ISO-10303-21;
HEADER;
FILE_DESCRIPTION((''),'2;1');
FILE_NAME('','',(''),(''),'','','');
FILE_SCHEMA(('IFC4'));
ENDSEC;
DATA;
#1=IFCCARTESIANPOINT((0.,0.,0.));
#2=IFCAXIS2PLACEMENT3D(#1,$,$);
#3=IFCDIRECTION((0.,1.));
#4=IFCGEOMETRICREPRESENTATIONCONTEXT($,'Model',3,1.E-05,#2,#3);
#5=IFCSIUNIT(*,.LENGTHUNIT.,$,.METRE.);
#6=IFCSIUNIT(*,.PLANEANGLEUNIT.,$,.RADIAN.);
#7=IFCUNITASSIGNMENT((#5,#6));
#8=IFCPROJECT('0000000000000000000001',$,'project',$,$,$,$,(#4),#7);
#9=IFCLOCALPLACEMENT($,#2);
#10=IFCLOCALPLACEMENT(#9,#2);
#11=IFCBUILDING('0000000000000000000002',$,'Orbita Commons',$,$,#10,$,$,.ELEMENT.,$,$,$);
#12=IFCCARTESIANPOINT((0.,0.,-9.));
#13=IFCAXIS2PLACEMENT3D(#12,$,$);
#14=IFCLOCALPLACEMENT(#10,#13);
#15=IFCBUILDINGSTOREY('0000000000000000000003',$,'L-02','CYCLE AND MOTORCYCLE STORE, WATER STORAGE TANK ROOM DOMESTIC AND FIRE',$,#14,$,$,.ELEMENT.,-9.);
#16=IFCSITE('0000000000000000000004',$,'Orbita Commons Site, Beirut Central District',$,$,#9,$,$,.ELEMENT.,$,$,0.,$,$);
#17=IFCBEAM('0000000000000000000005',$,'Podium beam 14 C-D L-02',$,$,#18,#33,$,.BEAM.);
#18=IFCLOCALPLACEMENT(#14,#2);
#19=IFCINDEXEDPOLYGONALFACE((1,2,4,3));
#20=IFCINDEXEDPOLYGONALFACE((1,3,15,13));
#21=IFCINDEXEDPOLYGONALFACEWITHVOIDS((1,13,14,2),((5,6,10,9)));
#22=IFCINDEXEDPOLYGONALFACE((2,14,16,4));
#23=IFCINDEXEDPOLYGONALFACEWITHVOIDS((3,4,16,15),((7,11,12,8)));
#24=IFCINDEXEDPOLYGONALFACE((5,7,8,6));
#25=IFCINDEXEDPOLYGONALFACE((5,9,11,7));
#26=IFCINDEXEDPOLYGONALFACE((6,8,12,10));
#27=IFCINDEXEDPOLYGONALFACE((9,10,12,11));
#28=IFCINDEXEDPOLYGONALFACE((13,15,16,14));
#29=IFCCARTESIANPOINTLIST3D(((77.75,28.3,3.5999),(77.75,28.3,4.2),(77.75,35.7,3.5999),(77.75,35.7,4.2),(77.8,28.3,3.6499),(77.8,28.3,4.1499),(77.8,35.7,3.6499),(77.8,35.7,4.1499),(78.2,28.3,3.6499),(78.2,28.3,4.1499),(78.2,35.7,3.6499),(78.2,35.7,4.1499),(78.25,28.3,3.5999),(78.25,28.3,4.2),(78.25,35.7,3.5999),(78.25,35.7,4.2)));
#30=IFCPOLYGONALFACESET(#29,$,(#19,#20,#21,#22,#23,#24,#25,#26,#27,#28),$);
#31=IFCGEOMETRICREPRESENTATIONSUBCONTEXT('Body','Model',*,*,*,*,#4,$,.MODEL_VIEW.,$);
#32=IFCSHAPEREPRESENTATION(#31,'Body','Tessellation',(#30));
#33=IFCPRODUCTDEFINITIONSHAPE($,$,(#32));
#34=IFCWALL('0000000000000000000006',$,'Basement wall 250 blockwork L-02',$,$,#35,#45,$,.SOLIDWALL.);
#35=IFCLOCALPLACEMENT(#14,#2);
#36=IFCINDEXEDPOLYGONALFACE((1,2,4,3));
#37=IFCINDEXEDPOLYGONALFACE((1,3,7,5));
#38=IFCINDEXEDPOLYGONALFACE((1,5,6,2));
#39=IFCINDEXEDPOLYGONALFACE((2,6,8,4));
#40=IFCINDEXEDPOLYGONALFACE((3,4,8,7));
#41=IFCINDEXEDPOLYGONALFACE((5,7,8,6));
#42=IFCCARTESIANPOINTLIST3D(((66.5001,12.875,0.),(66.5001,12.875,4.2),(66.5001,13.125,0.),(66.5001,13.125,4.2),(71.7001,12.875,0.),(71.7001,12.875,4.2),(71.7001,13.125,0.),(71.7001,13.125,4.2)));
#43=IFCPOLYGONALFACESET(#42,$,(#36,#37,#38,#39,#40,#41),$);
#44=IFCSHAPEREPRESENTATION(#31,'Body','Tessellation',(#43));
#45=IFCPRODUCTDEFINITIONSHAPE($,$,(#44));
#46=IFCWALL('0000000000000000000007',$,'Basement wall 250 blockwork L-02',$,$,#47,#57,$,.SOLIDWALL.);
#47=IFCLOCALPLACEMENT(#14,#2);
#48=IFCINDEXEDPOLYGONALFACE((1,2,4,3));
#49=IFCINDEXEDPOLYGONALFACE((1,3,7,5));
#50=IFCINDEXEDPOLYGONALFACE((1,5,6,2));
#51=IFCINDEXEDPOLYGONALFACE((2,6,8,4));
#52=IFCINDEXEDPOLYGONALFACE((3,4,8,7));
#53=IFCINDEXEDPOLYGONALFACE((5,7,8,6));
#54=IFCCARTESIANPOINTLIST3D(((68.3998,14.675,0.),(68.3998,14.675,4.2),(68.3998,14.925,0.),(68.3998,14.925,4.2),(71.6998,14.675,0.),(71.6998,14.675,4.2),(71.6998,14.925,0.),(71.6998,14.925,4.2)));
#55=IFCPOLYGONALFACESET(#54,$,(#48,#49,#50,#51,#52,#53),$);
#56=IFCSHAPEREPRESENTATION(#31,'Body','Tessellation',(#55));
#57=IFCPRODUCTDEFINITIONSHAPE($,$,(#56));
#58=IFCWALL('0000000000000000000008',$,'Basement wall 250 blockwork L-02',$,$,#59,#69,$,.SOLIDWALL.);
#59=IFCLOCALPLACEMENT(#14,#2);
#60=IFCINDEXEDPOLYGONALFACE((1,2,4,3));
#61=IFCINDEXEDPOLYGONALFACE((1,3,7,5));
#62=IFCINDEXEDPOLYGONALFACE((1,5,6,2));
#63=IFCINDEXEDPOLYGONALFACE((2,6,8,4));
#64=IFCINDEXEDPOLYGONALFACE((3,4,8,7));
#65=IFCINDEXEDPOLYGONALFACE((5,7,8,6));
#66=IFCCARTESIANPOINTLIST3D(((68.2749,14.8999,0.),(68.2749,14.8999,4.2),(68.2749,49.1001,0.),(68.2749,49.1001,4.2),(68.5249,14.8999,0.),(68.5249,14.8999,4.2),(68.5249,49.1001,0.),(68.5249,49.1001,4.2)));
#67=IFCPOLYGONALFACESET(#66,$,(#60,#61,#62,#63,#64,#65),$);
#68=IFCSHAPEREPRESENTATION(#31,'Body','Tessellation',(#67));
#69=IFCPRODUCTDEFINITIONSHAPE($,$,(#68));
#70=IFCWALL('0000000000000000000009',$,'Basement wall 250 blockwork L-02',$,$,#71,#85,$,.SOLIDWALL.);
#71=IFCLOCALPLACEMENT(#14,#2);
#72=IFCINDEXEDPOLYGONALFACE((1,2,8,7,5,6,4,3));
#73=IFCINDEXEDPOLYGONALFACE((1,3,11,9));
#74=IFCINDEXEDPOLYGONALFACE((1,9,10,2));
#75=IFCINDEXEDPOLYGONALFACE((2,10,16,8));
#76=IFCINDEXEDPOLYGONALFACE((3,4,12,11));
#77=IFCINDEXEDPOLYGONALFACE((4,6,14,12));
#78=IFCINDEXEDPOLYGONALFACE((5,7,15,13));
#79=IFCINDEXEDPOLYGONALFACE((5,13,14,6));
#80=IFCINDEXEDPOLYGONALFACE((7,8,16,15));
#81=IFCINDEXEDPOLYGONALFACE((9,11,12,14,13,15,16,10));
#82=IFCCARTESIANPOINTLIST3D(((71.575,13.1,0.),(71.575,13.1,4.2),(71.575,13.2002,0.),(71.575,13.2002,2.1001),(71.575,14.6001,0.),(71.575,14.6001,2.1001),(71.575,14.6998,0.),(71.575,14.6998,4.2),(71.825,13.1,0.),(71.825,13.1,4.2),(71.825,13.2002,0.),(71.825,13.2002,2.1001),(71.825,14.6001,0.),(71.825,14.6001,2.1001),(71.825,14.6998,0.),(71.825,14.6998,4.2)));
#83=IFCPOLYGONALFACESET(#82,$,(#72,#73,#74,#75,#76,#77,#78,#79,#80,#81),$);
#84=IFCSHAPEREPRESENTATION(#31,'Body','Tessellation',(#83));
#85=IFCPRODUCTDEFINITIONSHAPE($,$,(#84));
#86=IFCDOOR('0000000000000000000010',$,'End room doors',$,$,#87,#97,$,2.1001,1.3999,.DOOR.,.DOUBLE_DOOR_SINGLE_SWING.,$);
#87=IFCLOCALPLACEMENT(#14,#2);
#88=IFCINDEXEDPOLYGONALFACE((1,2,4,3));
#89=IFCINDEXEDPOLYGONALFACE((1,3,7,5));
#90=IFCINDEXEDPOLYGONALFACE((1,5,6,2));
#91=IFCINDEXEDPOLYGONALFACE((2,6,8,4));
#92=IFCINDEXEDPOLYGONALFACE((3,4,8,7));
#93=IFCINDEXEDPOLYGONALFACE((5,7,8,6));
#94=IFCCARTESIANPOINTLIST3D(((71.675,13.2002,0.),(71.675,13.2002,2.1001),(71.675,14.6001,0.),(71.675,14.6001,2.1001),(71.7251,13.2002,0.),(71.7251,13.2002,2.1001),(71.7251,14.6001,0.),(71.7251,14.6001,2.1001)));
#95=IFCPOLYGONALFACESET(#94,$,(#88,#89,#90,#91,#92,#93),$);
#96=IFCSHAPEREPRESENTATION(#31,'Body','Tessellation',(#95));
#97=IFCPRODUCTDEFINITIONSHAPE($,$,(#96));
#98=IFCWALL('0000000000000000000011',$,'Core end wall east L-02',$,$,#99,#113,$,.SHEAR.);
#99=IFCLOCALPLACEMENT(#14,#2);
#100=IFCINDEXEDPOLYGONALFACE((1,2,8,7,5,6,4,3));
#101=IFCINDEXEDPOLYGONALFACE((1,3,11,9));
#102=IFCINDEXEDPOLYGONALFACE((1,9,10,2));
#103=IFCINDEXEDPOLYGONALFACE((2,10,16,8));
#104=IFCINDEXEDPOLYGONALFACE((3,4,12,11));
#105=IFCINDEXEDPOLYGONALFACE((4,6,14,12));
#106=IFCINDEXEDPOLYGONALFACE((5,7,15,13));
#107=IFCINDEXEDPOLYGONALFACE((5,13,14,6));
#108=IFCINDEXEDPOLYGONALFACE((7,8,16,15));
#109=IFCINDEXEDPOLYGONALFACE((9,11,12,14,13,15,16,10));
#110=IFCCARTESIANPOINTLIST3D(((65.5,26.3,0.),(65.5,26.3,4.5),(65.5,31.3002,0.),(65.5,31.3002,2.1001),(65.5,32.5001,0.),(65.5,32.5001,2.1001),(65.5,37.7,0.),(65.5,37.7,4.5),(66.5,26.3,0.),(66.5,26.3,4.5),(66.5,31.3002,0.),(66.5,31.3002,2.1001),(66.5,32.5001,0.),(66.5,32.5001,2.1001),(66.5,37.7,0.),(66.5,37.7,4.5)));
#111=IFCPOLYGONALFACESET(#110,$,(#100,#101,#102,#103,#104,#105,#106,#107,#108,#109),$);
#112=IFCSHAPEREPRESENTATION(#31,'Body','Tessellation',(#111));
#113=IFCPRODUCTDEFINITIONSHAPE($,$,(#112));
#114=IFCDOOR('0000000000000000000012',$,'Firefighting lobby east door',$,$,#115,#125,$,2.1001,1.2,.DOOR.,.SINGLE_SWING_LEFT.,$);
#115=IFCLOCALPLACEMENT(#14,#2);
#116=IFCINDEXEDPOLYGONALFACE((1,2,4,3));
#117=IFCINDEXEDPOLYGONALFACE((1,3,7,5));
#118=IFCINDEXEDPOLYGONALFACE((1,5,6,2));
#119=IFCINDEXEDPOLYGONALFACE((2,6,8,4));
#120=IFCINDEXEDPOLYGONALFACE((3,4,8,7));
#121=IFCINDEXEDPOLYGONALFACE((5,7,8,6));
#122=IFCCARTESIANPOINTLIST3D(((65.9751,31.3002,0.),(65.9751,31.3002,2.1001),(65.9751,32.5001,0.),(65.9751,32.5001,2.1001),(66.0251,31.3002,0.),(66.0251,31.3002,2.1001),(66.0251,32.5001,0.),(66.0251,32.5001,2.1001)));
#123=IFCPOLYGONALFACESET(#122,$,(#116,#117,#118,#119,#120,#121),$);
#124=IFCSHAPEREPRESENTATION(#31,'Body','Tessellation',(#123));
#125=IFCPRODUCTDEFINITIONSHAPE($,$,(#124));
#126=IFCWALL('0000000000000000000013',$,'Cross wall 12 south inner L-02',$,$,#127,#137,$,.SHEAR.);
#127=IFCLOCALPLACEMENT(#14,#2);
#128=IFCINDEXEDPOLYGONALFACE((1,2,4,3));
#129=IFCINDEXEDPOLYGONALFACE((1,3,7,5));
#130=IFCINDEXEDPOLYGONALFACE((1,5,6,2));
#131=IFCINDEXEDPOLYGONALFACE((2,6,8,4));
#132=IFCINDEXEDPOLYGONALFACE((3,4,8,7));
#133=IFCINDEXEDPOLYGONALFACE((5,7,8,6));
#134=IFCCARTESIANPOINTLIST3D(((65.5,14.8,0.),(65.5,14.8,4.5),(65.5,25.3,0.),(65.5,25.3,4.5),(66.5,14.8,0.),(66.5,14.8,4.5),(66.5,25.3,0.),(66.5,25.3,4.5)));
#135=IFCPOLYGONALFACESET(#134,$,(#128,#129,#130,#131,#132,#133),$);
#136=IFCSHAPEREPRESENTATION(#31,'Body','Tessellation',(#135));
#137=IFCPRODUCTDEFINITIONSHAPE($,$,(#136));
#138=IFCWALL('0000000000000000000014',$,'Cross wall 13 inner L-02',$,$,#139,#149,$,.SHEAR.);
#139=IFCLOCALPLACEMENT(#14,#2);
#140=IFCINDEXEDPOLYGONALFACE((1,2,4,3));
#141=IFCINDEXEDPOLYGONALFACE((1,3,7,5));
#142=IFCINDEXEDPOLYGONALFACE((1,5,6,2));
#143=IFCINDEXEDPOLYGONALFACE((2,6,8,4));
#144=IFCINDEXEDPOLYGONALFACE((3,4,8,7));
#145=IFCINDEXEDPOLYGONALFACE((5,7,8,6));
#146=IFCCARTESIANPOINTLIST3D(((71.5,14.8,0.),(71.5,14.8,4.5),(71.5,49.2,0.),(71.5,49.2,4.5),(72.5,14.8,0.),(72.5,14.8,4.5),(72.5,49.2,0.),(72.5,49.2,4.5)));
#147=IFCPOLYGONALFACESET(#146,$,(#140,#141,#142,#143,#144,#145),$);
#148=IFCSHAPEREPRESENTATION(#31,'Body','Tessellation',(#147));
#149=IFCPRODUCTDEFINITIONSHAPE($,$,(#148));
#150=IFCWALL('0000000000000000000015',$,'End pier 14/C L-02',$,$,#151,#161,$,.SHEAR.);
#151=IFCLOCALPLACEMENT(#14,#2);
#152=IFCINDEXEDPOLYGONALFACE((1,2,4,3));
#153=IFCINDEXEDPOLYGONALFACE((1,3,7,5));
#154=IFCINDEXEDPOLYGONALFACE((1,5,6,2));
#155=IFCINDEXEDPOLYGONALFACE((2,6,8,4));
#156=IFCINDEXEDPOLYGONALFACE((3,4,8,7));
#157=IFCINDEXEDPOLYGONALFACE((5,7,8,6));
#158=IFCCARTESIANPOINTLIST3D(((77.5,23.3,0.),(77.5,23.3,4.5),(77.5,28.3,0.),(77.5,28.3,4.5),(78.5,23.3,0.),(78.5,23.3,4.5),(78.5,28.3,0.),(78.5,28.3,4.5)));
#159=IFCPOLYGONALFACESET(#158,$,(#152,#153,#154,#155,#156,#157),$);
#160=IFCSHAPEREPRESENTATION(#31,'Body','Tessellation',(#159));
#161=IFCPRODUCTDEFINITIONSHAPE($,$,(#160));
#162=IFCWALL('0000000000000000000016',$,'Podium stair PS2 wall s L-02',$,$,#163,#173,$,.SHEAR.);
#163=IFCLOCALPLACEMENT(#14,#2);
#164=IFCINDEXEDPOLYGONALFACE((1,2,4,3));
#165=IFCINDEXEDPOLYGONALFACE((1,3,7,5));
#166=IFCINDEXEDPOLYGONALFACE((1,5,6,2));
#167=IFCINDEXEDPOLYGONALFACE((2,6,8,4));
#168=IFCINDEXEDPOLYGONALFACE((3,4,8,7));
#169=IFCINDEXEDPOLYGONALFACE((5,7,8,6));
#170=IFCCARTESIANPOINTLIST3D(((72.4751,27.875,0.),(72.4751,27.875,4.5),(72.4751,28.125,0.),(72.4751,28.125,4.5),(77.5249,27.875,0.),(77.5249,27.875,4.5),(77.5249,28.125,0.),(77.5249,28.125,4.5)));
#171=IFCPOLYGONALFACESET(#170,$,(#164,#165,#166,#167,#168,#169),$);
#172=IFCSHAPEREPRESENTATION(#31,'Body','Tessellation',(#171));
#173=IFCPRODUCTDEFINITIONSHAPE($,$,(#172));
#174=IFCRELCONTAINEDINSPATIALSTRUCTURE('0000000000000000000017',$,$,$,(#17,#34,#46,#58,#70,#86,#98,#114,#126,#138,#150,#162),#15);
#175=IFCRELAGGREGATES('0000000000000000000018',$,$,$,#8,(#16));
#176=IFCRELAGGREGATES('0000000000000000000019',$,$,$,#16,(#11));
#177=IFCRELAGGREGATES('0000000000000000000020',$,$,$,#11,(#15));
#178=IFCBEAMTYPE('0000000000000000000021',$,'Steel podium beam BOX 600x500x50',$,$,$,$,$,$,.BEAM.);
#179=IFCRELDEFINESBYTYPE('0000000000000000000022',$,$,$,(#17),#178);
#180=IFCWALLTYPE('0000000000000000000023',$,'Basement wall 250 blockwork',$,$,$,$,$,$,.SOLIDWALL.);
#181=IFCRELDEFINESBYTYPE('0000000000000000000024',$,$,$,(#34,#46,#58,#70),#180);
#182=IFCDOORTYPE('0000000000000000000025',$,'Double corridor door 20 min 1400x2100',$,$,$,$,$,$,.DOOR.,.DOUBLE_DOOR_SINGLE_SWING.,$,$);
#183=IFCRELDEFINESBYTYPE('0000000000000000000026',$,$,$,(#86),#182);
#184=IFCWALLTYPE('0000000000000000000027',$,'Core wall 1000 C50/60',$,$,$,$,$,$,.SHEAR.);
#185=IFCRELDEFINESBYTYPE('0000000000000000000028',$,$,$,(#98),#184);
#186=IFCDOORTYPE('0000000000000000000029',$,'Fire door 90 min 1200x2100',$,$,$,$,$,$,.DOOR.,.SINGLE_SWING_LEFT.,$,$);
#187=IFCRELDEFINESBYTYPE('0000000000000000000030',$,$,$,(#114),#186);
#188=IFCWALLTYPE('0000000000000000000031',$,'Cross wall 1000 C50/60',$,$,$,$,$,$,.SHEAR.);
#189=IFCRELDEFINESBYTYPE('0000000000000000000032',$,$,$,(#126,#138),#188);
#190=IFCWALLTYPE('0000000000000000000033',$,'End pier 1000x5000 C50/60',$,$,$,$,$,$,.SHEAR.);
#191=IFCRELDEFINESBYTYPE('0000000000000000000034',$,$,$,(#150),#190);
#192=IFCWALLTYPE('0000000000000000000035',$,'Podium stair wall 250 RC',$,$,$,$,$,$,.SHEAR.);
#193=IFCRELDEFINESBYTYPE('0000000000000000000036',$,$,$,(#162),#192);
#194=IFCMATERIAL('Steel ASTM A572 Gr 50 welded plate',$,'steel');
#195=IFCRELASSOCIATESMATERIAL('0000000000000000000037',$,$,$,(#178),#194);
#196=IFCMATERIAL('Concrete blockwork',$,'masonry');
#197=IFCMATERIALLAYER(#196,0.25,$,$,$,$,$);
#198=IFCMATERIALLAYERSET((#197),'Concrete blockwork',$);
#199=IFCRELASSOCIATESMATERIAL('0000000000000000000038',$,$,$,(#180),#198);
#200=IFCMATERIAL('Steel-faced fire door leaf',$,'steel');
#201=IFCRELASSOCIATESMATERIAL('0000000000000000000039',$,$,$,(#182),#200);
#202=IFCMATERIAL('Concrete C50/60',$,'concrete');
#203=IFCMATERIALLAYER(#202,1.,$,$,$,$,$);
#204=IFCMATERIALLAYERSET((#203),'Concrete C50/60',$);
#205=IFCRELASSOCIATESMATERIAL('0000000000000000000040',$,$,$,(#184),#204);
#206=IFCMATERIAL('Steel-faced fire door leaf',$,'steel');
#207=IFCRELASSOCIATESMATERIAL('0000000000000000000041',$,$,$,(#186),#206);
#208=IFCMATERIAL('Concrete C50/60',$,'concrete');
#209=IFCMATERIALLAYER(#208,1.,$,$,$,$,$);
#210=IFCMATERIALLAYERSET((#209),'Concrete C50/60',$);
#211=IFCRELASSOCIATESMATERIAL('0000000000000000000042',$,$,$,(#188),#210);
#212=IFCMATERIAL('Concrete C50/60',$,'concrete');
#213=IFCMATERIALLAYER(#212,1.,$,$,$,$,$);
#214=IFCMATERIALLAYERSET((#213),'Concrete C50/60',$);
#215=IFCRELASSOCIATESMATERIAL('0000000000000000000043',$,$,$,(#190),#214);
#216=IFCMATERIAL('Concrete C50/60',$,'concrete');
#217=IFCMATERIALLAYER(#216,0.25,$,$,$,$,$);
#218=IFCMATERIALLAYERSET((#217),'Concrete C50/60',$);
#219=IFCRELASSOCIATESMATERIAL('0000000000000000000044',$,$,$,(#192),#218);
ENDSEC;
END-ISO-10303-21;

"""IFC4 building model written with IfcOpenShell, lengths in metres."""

from ifc_helpers import new_model, si_unit, direction, frame, frame_2d, origin, origin_2d, place, context, subcontext, project, spatial, rectangle, hollow_rectangle, extrude, material, layer, layer_set, material_profile, profile_set, type_object, element, fill, save


model = new_model("IFC4")

# Units and contexts
model_context = context("Model", 3, precision=1e-05, world=origin(), true_north=direction((0.0, 1.0)))
body_context = subcontext(model_context, "Body", "Model", "MODEL_VIEW")
ifc_project = project(units=[si_unit("LENGTHUNIT", "METRE"), si_unit("PLANEANGLEUNIT", "RADIAN")], contexts=[model_context])

# Site, building, storey
site_placement = place(None, origin())
site = spatial("IfcSite", under=ifc_project, at=site_placement, Name="Orbita Commons Site, Beirut Central District", CompositionType="ELEMENT", RefElevation=0.0)
building_placement = place(site_placement, origin())
building = spatial("IfcBuilding", under=site, at=building_placement, Name="Orbita Commons", CompositionType="ELEMENT")
storey_placement = place(building_placement, frame((0.0, 0.0, -9.0)))
storey = spatial("IfcBuildingStorey", under=building, at=storey_placement, Name="L-02", Description="CYCLE AND MOTORCYCLE STORE, WATER STORAGE TANK ROOM DOMESTIC AND FIRE", CompositionType="ELEMENT", Elevation=-9.0)

# Beam
ifc_material_1 = material(Name="Steel ASTM A572 Gr 50 welded plate", Category="steel")
ifc_material_profile_1 = material_profile(ifc_material_1, hollow_rectangle(XDim=0.5, YDim=0.6001, WallThickness=0.05, at=origin_2d()), Name="BOX 600x500x50")
ifc_profile_set_1 = profile_set([ifc_material_profile_1], Name="Steel ASTM A572 Gr 50 welded plate")
beam_type = type_object("IfcBeamType", Name="Steel podium beam BOX 600x500x50", PredefinedType="BEAM", material=ifc_profile_set_1)
beam_1_placement = place(storey_placement, frame((78.0, 28.3, 3.8999), z_axis=(0.0, 1.0, 0.0), x_axis=(-1.0, 0.0, 0.0)))
element("IfcBeam", 1, at=beam_1_placement, inside=storey, type_object=beam_type, Name="Podium beam 14 C-D L-02", PredefinedType="BEAM", context=body_context, shape_type="SweptSolid", body=[
    extrude(hollow_rectangle(XDim=0.5, YDim=0.6001, WallThickness=0.05, at=origin_2d()), origin(), (0.0, 0.0, 1.0), 7.3999),
])

# Walls
ifc_material_2 = material(Name="Concrete blockwork", Category="masonry")
ifc_layer_1 = layer(ifc_material_2, 0.25)
ifc_layer_set_1 = layer_set([ifc_layer_1], Name="Concrete blockwork")
wall_type_1 = type_object("IfcWallType", Name="Basement wall 250 blockwork", PredefinedType="SOLIDWALL", material=ifc_layer_set_1)
wall_1_placement = place(storey_placement, frame((66.5, 13.0, 0.0), z_axis=(0.0, 0.0, 1.0), x_axis=(1.0, 0.0, 0.0)))
element("IfcWall", 2, at=wall_1_placement, inside=storey, type_object=wall_type_1, Name="Basement wall 250 blockwork L-02", PredefinedType="SOLIDWALL", context=body_context, shape_type="SweptSolid", body=[
    extrude(rectangle(XDim=5.2, YDim=0.25, at=frame_2d((2.6001, 0.0))), origin(), (0.0, 0.0, 1.0), 4.2),
])
wall_2_placement = place(storey_placement, frame((68.3999, 14.8, 0.0), z_axis=(0.0, 0.0, 1.0), x_axis=(1.0, 0.0, 0.0)))
element("IfcWall", 3, at=wall_2_placement, inside=storey, type_object=wall_type_1, Name="Basement wall 250 blockwork L-02", PredefinedType="SOLIDWALL", context=body_context, shape_type="SweptSolid", body=[
    extrude(rectangle(XDim=3.3, YDim=0.25, at=frame_2d((1.6499, 0.0))), origin(), (0.0, 0.0, 1.0), 4.2),
])
wall_3_placement = place(storey_placement, frame((68.3999, 14.8999, 0.0), z_axis=(0.0, 0.0, 1.0), x_axis=(0.0, 1.0, 0.0)))
element("IfcWall", 4, at=wall_3_placement, inside=storey, type_object=wall_type_1, Name="Basement wall 250 blockwork L-02", PredefinedType="SOLIDWALL", context=body_context, shape_type="SweptSolid", body=[
    extrude(rectangle(XDim=34.2002, YDim=0.25, at=frame_2d((17.1001, 0.0))), origin(), (0.0, 0.0, 1.0), 4.2),
])

# Walls, openings, doors
wall_4_placement = place(storey_placement, frame((71.7, 13.1001, 0.0), z_axis=(0.0, 0.0, 1.0), x_axis=(0.0, 1.0, 0.0)))
wall_4 = element("IfcWall", 5, at=wall_4_placement, inside=storey, type_object=wall_type_1, Name="Basement wall 250 blockwork L-02", PredefinedType="SOLIDWALL", context=body_context, shape_type="SweptSolid", body=[
    extrude(rectangle(XDim=1.5999, YDim=0.25, at=frame_2d((0.7998, 0.0))), origin(), (0.0, 0.0, 1.0), 4.2),
])
opening_1_placement = place(wall_4_placement, frame((0.1001, 0.0, 0.0)))
opening_1 = element("IfcOpeningElement", 6, at=opening_1_placement, cuts=wall_4, PredefinedType="OPENING", context=body_context, shape_type="SweptSolid", body=[
    extrude(rectangle(XDim=1.3999, YDim=2.1001, at=frame_2d((0.7, 1.05))), frame((0.0, 0.135, 0.0), z_axis=(0.0, -1.0, 0.0), x_axis=(1.0, 0.0, 0.0)), (0.0, 0.0, 1.0), 0.27),
])
ifc_material_3 = material(Name="Steel-faced fire door leaf", Category="steel")
door_type_1 = type_object("IfcDoorType", Name="Double corridor door 20 min 1400x2100", OperationType="DOUBLE_DOOR_SINGLE_SWING", PredefinedType="DOOR", material=ifc_material_3)
door_1_placement = place(opening_1_placement, origin())
door_1 = element("IfcDoor", 7, at=door_1_placement, inside=storey, type_object=door_type_1, Name="End room doors", OperationType="DOUBLE_DOOR_SINGLE_SWING", OverallHeight=2.1001, OverallWidth=1.3999, PredefinedType="DOOR", context=body_context, shape_type="SweptSolid", body=[
    extrude(rectangle(XDim=1.3999, YDim=2.1001, at=frame_2d((0.7, 1.05))), frame((0.0, 0.0249, 0.0), z_axis=(0.0, -1.0, 0.0), x_axis=(1.0, 0.0, 0.0)), (0.0, 0.0, 1.0), 0.05),
])
fill(opening_1, door_1)
ifc_material_4 = material(Name="Concrete C50/60", Category="concrete")
ifc_layer_2 = layer(ifc_material_4, 1.0)
ifc_layer_set_2 = layer_set([ifc_layer_2], Name="Concrete C50/60")
wall_type_2 = type_object("IfcWallType", Name="Core wall 1000 C50/60", PredefinedType="SHEAR", material=ifc_layer_set_2)
wall_5_placement = place(storey_placement, frame((66.0, 26.3, 0.0), z_axis=(0.0, 0.0, 1.0), x_axis=(0.0, 1.0, 0.0)))
wall_5 = element("IfcWall", 8, at=wall_5_placement, inside=storey, type_object=wall_type_2, Name="Core end wall east L-02", PredefinedType="SHEAR", context=body_context, shape_type="SweptSolid", body=[
    extrude(rectangle(XDim=11.3999, YDim=1.0, at=frame_2d((5.7, 0.0))), origin(), (0.0, 0.0, 1.0), 4.5),
])
opening_2_placement = place(wall_5_placement, frame((5.0, 0.0, 0.0)))
opening_2 = element("IfcOpeningElement", 9, at=opening_2_placement, cuts=wall_5, PredefinedType="OPENING", context=body_context, shape_type="SweptSolid", body=[
    extrude(rectangle(XDim=1.2, YDim=2.1001, at=frame_2d((0.6001, 1.05))), frame((0.0, 0.51, 0.0), z_axis=(0.0, -1.0, 0.0), x_axis=(1.0, 0.0, 0.0)), (0.0, 0.0, 1.0), 1.02),
])
ifc_material_5 = material(Name="Steel-faced fire door leaf", Category="steel")
door_type_2 = type_object("IfcDoorType", Name="Fire door 90 min 1200x2100", OperationType="SINGLE_SWING_LEFT", PredefinedType="DOOR", material=ifc_material_5)
door_2_placement = place(opening_2_placement, origin())
door_2 = element("IfcDoor", 10, at=door_2_placement, inside=storey, type_object=door_type_2, Name="Firefighting lobby east door", OperationType="SINGLE_SWING_LEFT", OverallHeight=2.1001, OverallWidth=1.2, PredefinedType="DOOR", context=body_context, shape_type="SweptSolid", body=[
    extrude(rectangle(XDim=1.2, YDim=2.1001, at=frame_2d((0.6001, 1.05))), frame((0.0, 0.0249, 0.0), z_axis=(0.0, -1.0, 0.0), x_axis=(1.0, 0.0, 0.0)), (0.0, 0.0, 1.0), 0.05),
])
fill(opening_2, door_2)

# Walls
ifc_material_6 = material(Name="Concrete C50/60", Category="concrete")
ifc_layer_3 = layer(ifc_material_6, 1.0)
ifc_layer_set_3 = layer_set([ifc_layer_3], Name="Concrete C50/60")
wall_type_3 = type_object("IfcWallType", Name="Cross wall 1000 C50/60", PredefinedType="SHEAR", material=ifc_layer_set_3)
wall_6_placement = place(storey_placement, frame((66.0, 14.8, 0.0), z_axis=(0.0, 0.0, 1.0), x_axis=(0.0, 1.0, 0.0)))
element("IfcWall", 11, at=wall_6_placement, inside=storey, type_object=wall_type_3, Name="Cross wall 12 south inner L-02", PredefinedType="SHEAR", context=body_context, shape_type="SweptSolid", body=[
    extrude(rectangle(XDim=10.5, YDim=1.0, at=frame_2d((5.25, 0.0))), origin(), (0.0, 0.0, 1.0), 4.5),
])
wall_7_placement = place(storey_placement, frame((72.0, 14.8, 0.0), z_axis=(0.0, 0.0, 1.0), x_axis=(0.0, 1.0, 0.0)))
element("IfcWall", 12, at=wall_7_placement, inside=storey, type_object=wall_type_3, Name="Cross wall 13 inner L-02", PredefinedType="SHEAR", context=body_context, shape_type="SweptSolid", body=[
    extrude(rectangle(XDim=34.3999, YDim=1.0, at=frame_2d((17.2, 0.0))), origin(), (0.0, 0.0, 1.0), 4.5),
])
ifc_material_7 = material(Name="Concrete C50/60", Category="concrete")
ifc_layer_4 = layer(ifc_material_7, 1.0)
ifc_layer_set_4 = layer_set([ifc_layer_4], Name="Concrete C50/60")
wall_type_4 = type_object("IfcWallType", Name="End pier 1000x5000 C50/60", PredefinedType="SHEAR", material=ifc_layer_set_4)
wall_8_placement = place(storey_placement, frame((78.0, 23.3, 0.0), z_axis=(0.0, 0.0, 1.0), x_axis=(0.0, 1.0, 0.0)))
element("IfcWall", 13, at=wall_8_placement, inside=storey, type_object=wall_type_4, Name="End pier 14/C L-02", PredefinedType="SHEAR", context=body_context, shape_type="SweptSolid", body=[
    extrude(rectangle(XDim=5.0, YDim=1.0, at=frame_2d((2.5, 0.0))), origin(), (0.0, 0.0, 1.0), 4.5),
])
ifc_material_8 = material(Name="Concrete C50/60", Category="concrete")
ifc_layer_5 = layer(ifc_material_8, 0.25)
ifc_layer_set_5 = layer_set([ifc_layer_5], Name="Concrete C50/60")
wall_type_5 = type_object("IfcWallType", Name="Podium stair wall 250 RC", PredefinedType="SHEAR", material=ifc_layer_set_5)
wall_9_placement = place(storey_placement, frame((72.4751, 28.0, 0.0), z_axis=(0.0, 0.0, 1.0), x_axis=(1.0, 0.0, 0.0)))
element("IfcWall", 14, at=wall_9_placement, inside=storey, type_object=wall_type_5, Name="Podium stair PS2 wall s L-02", PredefinedType="SHEAR", context=body_context, shape_type="SweptSolid", body=[
    extrude(rectangle(XDim=5.0498, YDim=0.25, at=frame_2d((2.5249, 0.0))), origin(), (0.0, 0.0, 1.0), 4.5),
])

save(model, "model.ifc")
